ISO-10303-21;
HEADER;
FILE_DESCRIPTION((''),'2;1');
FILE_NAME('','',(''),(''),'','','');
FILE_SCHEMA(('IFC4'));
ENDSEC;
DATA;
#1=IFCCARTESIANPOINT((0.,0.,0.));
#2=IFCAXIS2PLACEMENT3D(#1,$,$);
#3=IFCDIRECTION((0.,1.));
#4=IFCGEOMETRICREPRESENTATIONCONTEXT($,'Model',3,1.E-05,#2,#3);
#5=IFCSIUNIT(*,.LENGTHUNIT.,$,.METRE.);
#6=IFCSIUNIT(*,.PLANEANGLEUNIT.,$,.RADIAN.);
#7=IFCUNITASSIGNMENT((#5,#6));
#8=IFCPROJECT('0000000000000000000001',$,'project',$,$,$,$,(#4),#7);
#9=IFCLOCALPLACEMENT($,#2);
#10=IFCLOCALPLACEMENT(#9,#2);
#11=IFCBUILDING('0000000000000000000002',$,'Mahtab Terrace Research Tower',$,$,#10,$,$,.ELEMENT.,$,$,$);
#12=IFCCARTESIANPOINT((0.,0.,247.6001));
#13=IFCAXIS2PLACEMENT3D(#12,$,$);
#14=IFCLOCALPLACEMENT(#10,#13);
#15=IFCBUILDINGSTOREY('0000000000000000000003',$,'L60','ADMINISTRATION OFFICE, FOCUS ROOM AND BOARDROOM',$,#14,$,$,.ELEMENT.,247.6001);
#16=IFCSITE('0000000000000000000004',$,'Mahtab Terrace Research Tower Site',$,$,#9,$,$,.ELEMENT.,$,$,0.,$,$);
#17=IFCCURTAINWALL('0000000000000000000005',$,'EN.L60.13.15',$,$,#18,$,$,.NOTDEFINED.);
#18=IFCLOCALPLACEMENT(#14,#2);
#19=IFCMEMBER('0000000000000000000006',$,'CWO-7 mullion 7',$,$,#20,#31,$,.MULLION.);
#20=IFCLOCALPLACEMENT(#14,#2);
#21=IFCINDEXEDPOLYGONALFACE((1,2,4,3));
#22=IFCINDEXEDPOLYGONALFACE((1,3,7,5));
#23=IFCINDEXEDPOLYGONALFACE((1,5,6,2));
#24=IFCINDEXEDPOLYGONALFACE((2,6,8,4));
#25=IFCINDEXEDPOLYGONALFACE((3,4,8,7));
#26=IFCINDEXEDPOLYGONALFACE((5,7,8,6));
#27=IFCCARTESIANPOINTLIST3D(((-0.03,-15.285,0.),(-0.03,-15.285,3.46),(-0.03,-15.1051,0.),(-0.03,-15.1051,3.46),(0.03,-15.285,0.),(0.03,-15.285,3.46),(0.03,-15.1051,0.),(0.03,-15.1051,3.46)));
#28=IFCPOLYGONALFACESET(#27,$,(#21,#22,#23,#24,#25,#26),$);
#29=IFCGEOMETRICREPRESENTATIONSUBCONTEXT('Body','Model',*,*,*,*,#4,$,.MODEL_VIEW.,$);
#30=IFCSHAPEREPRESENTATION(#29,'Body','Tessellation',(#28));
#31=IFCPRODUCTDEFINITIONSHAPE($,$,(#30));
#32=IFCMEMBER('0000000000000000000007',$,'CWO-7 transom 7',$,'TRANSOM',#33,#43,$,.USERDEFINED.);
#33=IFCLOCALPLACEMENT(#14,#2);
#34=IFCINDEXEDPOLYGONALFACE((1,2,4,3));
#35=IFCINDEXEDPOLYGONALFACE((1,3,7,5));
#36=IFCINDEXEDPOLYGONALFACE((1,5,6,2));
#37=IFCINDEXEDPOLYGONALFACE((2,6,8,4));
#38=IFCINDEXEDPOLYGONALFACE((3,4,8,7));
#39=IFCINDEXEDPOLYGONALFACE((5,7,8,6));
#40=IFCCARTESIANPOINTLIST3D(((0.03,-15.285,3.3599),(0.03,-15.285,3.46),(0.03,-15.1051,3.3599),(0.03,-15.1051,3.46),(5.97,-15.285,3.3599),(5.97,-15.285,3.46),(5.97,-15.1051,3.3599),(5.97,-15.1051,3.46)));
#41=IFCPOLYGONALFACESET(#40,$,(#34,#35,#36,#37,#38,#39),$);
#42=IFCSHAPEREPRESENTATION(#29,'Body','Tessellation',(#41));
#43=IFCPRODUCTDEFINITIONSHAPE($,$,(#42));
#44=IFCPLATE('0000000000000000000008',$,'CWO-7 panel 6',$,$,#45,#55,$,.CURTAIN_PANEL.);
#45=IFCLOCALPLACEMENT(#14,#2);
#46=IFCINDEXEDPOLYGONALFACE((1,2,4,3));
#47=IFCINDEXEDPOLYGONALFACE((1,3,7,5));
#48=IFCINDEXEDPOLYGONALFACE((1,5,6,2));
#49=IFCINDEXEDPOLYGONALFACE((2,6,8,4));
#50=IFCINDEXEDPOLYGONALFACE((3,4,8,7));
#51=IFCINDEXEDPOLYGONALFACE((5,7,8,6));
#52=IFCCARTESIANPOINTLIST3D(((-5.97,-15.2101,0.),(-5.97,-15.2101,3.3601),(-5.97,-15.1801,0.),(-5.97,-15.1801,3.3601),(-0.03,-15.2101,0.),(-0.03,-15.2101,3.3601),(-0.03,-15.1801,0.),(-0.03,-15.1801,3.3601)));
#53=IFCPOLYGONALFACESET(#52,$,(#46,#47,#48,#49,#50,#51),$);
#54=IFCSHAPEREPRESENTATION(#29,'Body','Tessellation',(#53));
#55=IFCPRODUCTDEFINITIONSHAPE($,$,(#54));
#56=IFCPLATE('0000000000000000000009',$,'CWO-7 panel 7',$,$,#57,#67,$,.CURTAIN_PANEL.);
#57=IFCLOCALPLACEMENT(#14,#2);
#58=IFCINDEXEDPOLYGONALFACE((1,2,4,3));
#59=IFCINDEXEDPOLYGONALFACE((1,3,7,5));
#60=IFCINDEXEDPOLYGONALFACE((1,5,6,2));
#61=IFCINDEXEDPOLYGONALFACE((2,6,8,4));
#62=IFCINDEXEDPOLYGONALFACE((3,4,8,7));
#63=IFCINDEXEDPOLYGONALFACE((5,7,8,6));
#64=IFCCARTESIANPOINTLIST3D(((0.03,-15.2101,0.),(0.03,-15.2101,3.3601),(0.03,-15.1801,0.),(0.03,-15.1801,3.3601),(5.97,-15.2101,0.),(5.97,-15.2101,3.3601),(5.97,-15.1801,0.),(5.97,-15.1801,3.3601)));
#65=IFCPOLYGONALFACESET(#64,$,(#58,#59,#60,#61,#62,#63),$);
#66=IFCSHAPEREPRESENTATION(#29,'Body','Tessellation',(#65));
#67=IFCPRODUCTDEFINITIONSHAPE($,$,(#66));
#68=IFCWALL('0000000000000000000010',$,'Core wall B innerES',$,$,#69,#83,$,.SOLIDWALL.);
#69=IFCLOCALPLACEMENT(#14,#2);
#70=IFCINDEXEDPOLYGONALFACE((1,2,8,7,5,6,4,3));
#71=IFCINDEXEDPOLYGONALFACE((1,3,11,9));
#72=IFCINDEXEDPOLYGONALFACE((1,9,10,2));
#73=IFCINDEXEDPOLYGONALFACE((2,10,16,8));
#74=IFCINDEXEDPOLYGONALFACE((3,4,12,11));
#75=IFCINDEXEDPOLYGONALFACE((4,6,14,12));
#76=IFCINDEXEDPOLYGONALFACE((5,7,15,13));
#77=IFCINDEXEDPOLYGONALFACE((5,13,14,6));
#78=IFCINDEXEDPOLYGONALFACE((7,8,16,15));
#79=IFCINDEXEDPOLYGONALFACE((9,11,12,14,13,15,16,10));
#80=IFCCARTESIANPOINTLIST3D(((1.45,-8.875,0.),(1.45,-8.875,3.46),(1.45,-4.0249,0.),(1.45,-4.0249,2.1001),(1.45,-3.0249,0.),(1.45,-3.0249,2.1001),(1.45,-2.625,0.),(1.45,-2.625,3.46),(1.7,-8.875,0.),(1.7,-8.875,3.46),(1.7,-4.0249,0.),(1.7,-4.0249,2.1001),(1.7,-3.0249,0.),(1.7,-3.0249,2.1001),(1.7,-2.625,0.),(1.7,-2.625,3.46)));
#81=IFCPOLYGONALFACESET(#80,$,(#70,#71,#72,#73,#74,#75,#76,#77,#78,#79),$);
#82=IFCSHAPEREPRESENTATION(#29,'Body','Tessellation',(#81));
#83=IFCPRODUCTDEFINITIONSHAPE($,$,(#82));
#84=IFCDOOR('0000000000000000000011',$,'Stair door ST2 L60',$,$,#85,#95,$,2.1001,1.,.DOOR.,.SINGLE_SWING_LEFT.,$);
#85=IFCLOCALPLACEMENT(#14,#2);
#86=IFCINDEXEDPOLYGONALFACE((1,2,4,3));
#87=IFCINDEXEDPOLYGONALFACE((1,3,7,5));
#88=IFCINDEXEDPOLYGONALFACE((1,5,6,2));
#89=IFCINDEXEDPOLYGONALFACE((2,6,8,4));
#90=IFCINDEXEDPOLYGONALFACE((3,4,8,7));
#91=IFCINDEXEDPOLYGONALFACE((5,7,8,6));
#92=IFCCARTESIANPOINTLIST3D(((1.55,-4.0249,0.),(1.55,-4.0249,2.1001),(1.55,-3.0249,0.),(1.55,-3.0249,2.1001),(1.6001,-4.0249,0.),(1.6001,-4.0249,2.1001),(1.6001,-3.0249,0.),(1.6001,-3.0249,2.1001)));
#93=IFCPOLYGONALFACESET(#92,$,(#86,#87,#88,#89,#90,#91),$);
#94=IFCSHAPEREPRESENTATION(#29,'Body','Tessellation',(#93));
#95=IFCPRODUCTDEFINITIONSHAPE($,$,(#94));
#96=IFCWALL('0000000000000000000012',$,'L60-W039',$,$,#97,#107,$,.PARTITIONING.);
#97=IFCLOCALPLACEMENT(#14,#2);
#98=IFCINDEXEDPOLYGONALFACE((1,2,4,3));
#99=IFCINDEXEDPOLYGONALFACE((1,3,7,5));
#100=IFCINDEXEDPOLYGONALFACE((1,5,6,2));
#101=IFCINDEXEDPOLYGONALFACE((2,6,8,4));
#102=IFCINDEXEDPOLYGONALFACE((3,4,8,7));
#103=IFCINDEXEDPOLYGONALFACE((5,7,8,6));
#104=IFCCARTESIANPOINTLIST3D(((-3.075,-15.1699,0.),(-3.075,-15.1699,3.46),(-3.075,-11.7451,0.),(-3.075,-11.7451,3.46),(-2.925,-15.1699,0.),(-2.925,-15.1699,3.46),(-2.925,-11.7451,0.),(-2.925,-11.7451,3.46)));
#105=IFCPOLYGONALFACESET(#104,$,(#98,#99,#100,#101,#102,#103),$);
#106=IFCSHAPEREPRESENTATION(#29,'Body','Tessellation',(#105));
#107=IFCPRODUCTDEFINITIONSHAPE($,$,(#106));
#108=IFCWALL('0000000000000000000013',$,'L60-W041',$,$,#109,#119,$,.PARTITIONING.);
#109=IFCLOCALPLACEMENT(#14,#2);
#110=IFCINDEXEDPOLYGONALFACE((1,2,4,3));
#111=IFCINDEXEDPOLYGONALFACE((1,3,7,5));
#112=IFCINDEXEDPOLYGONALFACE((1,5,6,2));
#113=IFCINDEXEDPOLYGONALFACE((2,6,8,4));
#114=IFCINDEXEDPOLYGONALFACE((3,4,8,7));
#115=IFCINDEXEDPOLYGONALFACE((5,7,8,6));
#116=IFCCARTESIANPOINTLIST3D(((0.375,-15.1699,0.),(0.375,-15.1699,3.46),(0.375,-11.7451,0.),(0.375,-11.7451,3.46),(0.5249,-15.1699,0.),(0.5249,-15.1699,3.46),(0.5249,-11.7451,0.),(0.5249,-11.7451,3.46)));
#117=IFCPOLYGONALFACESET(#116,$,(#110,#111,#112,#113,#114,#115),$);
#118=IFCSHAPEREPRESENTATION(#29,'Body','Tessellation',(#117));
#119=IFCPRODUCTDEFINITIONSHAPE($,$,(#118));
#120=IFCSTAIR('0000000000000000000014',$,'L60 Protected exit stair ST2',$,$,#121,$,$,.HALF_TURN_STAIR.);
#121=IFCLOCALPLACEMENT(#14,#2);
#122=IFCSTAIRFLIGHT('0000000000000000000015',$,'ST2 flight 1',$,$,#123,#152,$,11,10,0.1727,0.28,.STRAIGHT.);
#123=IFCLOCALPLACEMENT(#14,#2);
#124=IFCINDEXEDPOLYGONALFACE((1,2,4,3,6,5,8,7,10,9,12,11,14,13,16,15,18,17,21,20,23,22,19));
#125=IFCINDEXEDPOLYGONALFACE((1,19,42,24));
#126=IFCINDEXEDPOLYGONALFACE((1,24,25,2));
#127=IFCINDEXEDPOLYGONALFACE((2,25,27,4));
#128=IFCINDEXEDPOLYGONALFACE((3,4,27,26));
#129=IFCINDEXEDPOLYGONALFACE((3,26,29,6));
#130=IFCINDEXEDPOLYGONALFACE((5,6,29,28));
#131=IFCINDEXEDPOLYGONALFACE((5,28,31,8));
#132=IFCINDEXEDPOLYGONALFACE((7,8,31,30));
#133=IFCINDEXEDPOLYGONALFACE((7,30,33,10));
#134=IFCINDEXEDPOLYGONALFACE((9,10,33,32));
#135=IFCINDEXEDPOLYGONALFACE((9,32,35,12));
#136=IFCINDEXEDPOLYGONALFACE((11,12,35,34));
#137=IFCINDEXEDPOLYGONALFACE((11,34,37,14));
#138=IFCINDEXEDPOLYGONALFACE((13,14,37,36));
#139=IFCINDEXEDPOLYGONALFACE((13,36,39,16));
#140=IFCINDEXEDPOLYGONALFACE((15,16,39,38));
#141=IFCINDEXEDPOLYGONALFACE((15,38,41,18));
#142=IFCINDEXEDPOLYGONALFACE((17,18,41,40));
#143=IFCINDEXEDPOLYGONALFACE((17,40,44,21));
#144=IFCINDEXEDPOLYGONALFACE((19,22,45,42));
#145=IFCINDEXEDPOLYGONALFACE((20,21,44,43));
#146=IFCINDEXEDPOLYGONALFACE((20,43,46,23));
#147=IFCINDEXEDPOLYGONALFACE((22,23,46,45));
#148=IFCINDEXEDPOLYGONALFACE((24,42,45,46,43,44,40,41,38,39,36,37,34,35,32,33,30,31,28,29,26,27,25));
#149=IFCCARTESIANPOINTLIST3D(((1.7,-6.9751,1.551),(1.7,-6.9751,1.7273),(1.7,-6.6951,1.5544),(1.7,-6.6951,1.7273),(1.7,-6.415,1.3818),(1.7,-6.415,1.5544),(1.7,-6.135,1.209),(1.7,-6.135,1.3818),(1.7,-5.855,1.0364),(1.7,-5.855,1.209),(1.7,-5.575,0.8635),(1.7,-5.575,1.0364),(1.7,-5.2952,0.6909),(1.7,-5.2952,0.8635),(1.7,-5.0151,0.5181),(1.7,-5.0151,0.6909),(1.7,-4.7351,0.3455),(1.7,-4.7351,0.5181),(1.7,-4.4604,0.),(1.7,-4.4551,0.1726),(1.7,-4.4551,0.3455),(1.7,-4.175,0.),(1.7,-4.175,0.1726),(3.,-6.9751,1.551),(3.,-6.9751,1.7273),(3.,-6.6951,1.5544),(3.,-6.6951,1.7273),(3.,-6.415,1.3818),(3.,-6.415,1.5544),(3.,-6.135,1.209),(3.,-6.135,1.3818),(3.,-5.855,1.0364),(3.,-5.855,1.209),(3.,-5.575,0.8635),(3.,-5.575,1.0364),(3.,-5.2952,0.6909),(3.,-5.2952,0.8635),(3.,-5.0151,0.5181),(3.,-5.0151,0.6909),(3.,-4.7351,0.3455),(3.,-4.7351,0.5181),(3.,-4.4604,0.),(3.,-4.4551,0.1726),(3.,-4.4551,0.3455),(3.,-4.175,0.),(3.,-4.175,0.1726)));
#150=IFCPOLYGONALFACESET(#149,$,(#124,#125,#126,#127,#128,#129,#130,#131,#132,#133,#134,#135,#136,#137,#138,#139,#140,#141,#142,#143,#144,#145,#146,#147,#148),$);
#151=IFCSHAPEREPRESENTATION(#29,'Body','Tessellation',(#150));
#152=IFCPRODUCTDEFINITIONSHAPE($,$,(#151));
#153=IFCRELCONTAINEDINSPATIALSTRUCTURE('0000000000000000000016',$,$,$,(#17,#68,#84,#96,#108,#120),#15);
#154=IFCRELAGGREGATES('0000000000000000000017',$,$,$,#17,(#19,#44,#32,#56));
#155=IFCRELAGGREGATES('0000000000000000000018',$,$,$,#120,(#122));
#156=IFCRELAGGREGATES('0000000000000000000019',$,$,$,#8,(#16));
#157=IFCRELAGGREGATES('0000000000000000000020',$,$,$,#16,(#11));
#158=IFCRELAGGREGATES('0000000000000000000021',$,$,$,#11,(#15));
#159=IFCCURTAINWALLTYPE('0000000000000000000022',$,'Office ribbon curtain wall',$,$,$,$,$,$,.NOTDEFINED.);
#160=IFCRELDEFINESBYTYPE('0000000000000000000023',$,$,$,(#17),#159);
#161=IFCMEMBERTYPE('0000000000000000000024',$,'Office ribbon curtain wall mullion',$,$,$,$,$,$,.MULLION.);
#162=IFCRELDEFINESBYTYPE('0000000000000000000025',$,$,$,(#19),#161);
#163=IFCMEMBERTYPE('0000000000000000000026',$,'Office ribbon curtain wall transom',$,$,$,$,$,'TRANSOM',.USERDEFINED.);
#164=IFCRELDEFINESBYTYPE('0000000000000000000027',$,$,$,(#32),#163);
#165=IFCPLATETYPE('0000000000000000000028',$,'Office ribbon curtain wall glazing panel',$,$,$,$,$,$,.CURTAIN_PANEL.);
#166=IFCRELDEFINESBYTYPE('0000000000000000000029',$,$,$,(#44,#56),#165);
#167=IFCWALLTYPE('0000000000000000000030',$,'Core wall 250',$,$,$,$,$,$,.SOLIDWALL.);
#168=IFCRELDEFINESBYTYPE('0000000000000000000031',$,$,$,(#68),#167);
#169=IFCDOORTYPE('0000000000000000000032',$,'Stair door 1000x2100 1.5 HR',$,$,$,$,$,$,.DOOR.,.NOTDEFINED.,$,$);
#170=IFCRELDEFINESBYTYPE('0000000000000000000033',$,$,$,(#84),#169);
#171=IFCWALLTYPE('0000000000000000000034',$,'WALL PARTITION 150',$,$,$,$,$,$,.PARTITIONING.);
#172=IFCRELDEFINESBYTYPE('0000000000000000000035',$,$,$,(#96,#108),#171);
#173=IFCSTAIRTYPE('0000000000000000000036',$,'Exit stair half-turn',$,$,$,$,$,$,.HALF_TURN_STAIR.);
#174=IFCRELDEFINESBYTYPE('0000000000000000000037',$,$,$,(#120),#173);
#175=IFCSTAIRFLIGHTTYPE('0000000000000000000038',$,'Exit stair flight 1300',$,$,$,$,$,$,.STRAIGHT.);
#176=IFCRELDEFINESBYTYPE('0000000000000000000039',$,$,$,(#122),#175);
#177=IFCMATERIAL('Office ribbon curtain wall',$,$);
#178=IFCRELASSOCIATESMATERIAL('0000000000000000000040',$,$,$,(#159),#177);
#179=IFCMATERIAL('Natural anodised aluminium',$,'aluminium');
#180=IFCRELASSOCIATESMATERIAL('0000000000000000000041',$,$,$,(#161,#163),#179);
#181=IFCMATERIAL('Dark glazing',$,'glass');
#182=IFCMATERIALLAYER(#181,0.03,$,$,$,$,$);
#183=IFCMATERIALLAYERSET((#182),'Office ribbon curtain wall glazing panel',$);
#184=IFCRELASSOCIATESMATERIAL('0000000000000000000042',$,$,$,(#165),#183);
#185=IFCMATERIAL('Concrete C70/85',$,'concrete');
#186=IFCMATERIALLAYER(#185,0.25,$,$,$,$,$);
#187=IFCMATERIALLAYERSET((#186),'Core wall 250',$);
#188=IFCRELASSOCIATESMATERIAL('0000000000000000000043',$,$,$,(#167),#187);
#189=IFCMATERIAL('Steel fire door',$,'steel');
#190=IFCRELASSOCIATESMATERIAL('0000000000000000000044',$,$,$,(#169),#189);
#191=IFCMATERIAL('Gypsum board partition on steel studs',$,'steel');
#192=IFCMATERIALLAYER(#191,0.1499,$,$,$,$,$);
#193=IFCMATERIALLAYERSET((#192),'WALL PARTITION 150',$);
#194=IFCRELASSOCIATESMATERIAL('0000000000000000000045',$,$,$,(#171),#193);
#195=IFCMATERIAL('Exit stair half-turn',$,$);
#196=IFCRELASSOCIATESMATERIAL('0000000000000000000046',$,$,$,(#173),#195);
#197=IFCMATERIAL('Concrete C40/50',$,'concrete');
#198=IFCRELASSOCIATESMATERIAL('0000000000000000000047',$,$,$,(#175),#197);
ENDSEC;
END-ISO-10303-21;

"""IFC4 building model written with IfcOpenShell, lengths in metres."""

from ifc_helpers import new_model, si_unit, direction, frame, frame_2d, origin, origin_2d, place, context, subcontext, project, spatial, polyline, rectangle, outline, extrude, material, layer, layer_set, material_profile, profile_set, type_object, element, fill, aggregate, save


model = new_model("IFC4")

# Units and contexts
model_context = context("Model", 3, precision=1e-05, world=origin(), true_north=direction((0.0, 1.0)))
body_context = subcontext(model_context, "Body", "Model", "MODEL_VIEW")
ifc_project = project(units=[si_unit("LENGTHUNIT", "METRE"), si_unit("PLANEANGLEUNIT", "RADIAN")], contexts=[model_context])

# Site, building, storey
site_placement = place(None, origin())
site = spatial("IfcSite", under=ifc_project, at=site_placement, Name="Mahtab Terrace Research Tower Site", CompositionType="ELEMENT", RefElevation=0.0)
building_placement = place(site_placement, origin())
building = spatial("IfcBuilding", under=site, at=building_placement, Name="Mahtab Terrace Research Tower", CompositionType="ELEMENT")
storey_placement = place(building_placement, frame((0.0, 0.0, 247.6001)))
storey = spatial("IfcBuildingStorey", under=building, at=storey_placement, Name="L60", Description="ADMINISTRATION OFFICE, FOCUS ROOM AND BOARDROOM", CompositionType="ELEMENT", Elevation=247.6001)

# Curtain wall, members, plates
ifc_material_1 = material(Name="Office ribbon curtain wall")
curtain_wall_type = type_object("IfcCurtainWallType", Name="Office ribbon curtain wall", PredefinedType="NOTDEFINED", material=ifc_material_1)
curtain_wall_placement = place(storey_placement, origin())
curtain_wall = element("IfcCurtainWall", 1, at=curtain_wall_placement, inside=storey, type_object=curtain_wall_type, Name="EN.L60.13.15", PredefinedType="NOTDEFINED")
ifc_material_2 = material(Name="Natural anodised aluminium", Category="aluminium")
ifc_material_profile_1 = material_profile(ifc_material_2, rectangle(XDim=0.1799, YDim=0.0601, at=origin_2d()), Name="MULLION 60x180")
ifc_profile_set_1 = profile_set([ifc_material_profile_1], Name="Natural anodised aluminium")
member_type_1 = type_object("IfcMemberType", Name="Office ribbon curtain wall mullion", PredefinedType="MULLION", material=ifc_profile_set_1)
member_1_placement = place(storey_placement, frame((0.0, -15.1951, 0.0), z_axis=(0.0, 0.0, 1.0), x_axis=(0.0, 1.0, 0.0)))
member_1 = element("IfcMember", 2, at=member_1_placement, type_object=member_type_1, Name="CWO-7 mullion 7", PredefinedType="MULLION", context=body_context, shape_type="SweptSolid", body=[
    extrude(rectangle(XDim=0.1799, YDim=0.0601, at=origin_2d()), origin(), (0.0, 0.0, 1.0), 3.46),
])
ifc_material_profile_2 = material_profile(ifc_material_2, rectangle(XDim=0.1799, YDim=0.1001, at=origin_2d()), Name="TRANSOM 100x180")
ifc_profile_set_2 = profile_set([ifc_material_profile_2], Name="Natural anodised aluminium")
member_type_2 = type_object("IfcMemberType", Name="Office ribbon curtain wall transom", ElementType="TRANSOM", PredefinedType="USERDEFINED", material=ifc_profile_set_2)
member_2_placement = place(storey_placement, frame((0.03, -15.1951, 3.4099), z_axis=(1.0, 0.0, 0.0), x_axis=(0.0, 1.0, 0.0)))
member_2 = element("IfcMember", 3, at=member_2_placement, type_object=member_type_2, Name="CWO-7 transom 7", ObjectType="TRANSOM", PredefinedType="USERDEFINED", context=body_context, shape_type="SweptSolid", body=[
    extrude(rectangle(XDim=0.1799, YDim=0.1001, at=origin_2d()), origin(), (0.0, 0.0, 1.0), 5.9399),
])
ifc_material_3 = material(Name="Dark glazing", Category="glass")
ifc_layer_1 = layer(ifc_material_3, 0.03)
ifc_layer_set_1 = layer_set([ifc_layer_1], Name="Office ribbon curtain wall glazing panel")
plate_type = type_object("IfcPlateType", Name="Office ribbon curtain wall glazing panel", PredefinedType="CURTAIN_PANEL", material=ifc_layer_set_1)
plate_1_placement = place(storey_placement, frame((-3.0, -15.1951, 0.0), z_axis=(0.0, 0.0, 1.0), x_axis=(1.0, 0.0, 0.0)))
plate_1 = element("IfcPlate", 4, at=plate_1_placement, type_object=plate_type, Name="CWO-7 panel 6", PredefinedType="CURTAIN_PANEL", context=body_context, shape_type="SweptSolid", body=[
    extrude(rectangle(XDim=5.9399, YDim=0.03, at=origin_2d()), origin(), (0.0, 0.0, 1.0), 3.3601),
])
plate_2_placement = place(storey_placement, frame((3.0, -15.1951, 0.0), z_axis=(0.0, 0.0, 1.0), x_axis=(1.0, 0.0, 0.0)))
plate_2 = element("IfcPlate", 5, at=plate_2_placement, type_object=plate_type, Name="CWO-7 panel 7", PredefinedType="CURTAIN_PANEL", context=body_context, shape_type="SweptSolid", body=[
    extrude(rectangle(XDim=5.9399, YDim=0.03, at=origin_2d()), origin(), (0.0, 0.0, 1.0), 3.3601),
])
aggregate(curtain_wall, [member_1, plate_1, member_2, plate_2])

# Shared definitions
ifc_material_4 = material(Name="Concrete C70/85", Category="concrete")
ifc_layer_2 = layer(ifc_material_4, 0.25)
ifc_layer_set_2 = layer_set([ifc_layer_2], Name="Core wall 250")
wall_type_1 = type_object("IfcWallType", Name="Core wall 250", PredefinedType="SOLIDWALL", material=ifc_layer_set_2)
ifc_material_5 = material(Name="Steel fire door", Category="steel")

# Wall, opening, door
wall_1_placement = place(storey_placement, frame((1.575, -8.875, 0.0), z_axis=(0.0, 0.0, 1.0), x_axis=(0.0, 1.0, 0.0)))
wall_1 = element("IfcWall", 6, at=wall_1_placement, inside=storey, type_object=wall_type_1, Name="Core wall B innerES", PredefinedType="SOLIDWALL", context=body_context, shape_type="SweptSolid", body=[
    extrude(rectangle(XDim=6.25, YDim=0.25, at=frame_2d((3.125, 0.0))), origin(), (0.0, 0.0, 1.0), 3.46),
])
opening_1_placement = place(wall_1_placement, frame((4.8501, 0.0, 0.0)))
opening_1 = element("IfcOpeningElement", 7, at=opening_1_placement, cuts=wall_1, PredefinedType="OPENING", context=body_context, shape_type="SweptSolid", body=[
    extrude(rectangle(XDim=1.0, YDim=2.1001, at=frame_2d((0.5, 1.05))), frame((0.0, 0.135, 0.0), z_axis=(0.0, -1.0, 0.0), x_axis=(1.0, 0.0, 0.0)), (0.0, 0.0, 1.0), 0.27),
])
door_type_1 = type_object("IfcDoorType", Name="Stair door 1000x2100 1.5 HR", OperationType="NOTDEFINED", PredefinedType="DOOR", material=ifc_material_5)
door_1_placement = place(opening_1_placement, origin())
door_1 = element("IfcDoor", 8, at=door_1_placement, inside=storey, type_object=door_type_1, Name="Stair door ST2 L60", OperationType="SINGLE_SWING_LEFT", OverallHeight=2.1001, OverallWidth=1.0, PredefinedType="DOOR", context=body_context, shape_type="SweptSolid", body=[
    extrude(rectangle(XDim=1.0, YDim=2.1001, at=frame_2d((0.5, 1.05))), frame((0.0, 0.0249, 0.0), z_axis=(0.0, -1.0, 0.0), x_axis=(1.0, 0.0, 0.0)), (0.0, 0.0, 1.0), 0.05),
])
fill(opening_1, door_1)

# Walls
ifc_material_6 = material(Name="Gypsum board partition on steel studs", Category="steel")
ifc_layer_3 = layer(ifc_material_6, 0.1499)
ifc_layer_set_3 = layer_set([ifc_layer_3], Name="WALL PARTITION 150")
wall_type_2 = type_object("IfcWallType", Name="WALL PARTITION 150", PredefinedType="PARTITIONING", material=ifc_layer_set_3)
for number, where, z_axis, x_axis, name in (
    (9, (-3.0, -15.1699, 0.0), (0.0, 0.0, 1.0), (0.0, 1.0, 0.0), "L60-W039"),
    (10, (0.45, -15.1699, 0.0), (0.0, 0.0, 1.0), (0.0, 1.0, 0.0), "L60-W041"),
):
    element("IfcWall", number, at=place(storey_placement, frame(where, z_axis=z_axis, x_axis=x_axis)), inside=storey, type_object=wall_type_2, Name=name, PredefinedType="PARTITIONING", context=body_context, shape_type="SweptSolid", body=[
        extrude(rectangle(XDim=3.4248, YDim=0.1499, at=frame_2d((1.7124, 0.0))), origin(), (0.0, 0.0, 1.0), 3.46),
    ])

# Stair, stair flight
ifc_material_7 = material(Name="Exit stair half-turn")
stair_type = type_object("IfcStairType", Name="Exit stair half-turn", PredefinedType="HALF_TURN_STAIR", material=ifc_material_7)
stair_placement = place(storey_placement, origin())
stair = element("IfcStair", 11, at=stair_placement, inside=storey, type_object=stair_type, Name="L60 Protected exit stair ST2", PredefinedType="HALF_TURN_STAIR")
ifc_material_8 = material(Name="Concrete C40/50", Category="concrete")
stair_flight_type = type_object("IfcStairFlightType", Name="Exit stair flight 1300", PredefinedType="STRAIGHT", material=ifc_material_8)
stair_flight_placement = place(storey_placement, frame((2.3501, -4.175, 0.0), z_axis=(0.0, 0.0, 1.0), x_axis=(0.0, -1.0, 0.0)))
stair_flight = element("IfcStairFlight", 12, at=stair_flight_placement, type_object=stair_flight_type, Name="ST2 flight 1", NumberOfRisers=11, NumberOfTreads=10, PredefinedType="STRAIGHT", RiserHeight=0.1727, TreadLength=0.28, context=body_context, shape_type="SweptSolid", body=[
    extrude(outline(polyline([(0.0, 0.0), (0.0, 0.1726), (0.28, 0.1726), (0.28, 0.3455), (0.5601, 0.3455), (0.5601, 0.5181), (0.8401, 0.5181), (0.8401, 0.6909), (1.1201, 0.6909), (1.1201, 0.8635), (1.3999, 0.8635), (1.3999, 1.0364), (1.6799, 1.0364), (1.6799, 1.209), (1.96, 1.209), (1.96, 1.3818), (2.24, 1.3818), (2.24, 1.5544), (2.52, 1.5544), (2.52, 1.7273), (2.8, 1.7273), (2.8, 1.8999), (2.8, 1.551), (0.2854, 0.0), (0.0, 0.0)])), frame((0.0, 0.6499, 0.0), z_axis=(0.0, -1.0, 0.0), x_axis=(1.0, 0.0, 0.0)), (0.0, 0.0, 1.0), 1.3),
])
aggregate(stair, [stair_flight])

save(model, "model.ifc")
